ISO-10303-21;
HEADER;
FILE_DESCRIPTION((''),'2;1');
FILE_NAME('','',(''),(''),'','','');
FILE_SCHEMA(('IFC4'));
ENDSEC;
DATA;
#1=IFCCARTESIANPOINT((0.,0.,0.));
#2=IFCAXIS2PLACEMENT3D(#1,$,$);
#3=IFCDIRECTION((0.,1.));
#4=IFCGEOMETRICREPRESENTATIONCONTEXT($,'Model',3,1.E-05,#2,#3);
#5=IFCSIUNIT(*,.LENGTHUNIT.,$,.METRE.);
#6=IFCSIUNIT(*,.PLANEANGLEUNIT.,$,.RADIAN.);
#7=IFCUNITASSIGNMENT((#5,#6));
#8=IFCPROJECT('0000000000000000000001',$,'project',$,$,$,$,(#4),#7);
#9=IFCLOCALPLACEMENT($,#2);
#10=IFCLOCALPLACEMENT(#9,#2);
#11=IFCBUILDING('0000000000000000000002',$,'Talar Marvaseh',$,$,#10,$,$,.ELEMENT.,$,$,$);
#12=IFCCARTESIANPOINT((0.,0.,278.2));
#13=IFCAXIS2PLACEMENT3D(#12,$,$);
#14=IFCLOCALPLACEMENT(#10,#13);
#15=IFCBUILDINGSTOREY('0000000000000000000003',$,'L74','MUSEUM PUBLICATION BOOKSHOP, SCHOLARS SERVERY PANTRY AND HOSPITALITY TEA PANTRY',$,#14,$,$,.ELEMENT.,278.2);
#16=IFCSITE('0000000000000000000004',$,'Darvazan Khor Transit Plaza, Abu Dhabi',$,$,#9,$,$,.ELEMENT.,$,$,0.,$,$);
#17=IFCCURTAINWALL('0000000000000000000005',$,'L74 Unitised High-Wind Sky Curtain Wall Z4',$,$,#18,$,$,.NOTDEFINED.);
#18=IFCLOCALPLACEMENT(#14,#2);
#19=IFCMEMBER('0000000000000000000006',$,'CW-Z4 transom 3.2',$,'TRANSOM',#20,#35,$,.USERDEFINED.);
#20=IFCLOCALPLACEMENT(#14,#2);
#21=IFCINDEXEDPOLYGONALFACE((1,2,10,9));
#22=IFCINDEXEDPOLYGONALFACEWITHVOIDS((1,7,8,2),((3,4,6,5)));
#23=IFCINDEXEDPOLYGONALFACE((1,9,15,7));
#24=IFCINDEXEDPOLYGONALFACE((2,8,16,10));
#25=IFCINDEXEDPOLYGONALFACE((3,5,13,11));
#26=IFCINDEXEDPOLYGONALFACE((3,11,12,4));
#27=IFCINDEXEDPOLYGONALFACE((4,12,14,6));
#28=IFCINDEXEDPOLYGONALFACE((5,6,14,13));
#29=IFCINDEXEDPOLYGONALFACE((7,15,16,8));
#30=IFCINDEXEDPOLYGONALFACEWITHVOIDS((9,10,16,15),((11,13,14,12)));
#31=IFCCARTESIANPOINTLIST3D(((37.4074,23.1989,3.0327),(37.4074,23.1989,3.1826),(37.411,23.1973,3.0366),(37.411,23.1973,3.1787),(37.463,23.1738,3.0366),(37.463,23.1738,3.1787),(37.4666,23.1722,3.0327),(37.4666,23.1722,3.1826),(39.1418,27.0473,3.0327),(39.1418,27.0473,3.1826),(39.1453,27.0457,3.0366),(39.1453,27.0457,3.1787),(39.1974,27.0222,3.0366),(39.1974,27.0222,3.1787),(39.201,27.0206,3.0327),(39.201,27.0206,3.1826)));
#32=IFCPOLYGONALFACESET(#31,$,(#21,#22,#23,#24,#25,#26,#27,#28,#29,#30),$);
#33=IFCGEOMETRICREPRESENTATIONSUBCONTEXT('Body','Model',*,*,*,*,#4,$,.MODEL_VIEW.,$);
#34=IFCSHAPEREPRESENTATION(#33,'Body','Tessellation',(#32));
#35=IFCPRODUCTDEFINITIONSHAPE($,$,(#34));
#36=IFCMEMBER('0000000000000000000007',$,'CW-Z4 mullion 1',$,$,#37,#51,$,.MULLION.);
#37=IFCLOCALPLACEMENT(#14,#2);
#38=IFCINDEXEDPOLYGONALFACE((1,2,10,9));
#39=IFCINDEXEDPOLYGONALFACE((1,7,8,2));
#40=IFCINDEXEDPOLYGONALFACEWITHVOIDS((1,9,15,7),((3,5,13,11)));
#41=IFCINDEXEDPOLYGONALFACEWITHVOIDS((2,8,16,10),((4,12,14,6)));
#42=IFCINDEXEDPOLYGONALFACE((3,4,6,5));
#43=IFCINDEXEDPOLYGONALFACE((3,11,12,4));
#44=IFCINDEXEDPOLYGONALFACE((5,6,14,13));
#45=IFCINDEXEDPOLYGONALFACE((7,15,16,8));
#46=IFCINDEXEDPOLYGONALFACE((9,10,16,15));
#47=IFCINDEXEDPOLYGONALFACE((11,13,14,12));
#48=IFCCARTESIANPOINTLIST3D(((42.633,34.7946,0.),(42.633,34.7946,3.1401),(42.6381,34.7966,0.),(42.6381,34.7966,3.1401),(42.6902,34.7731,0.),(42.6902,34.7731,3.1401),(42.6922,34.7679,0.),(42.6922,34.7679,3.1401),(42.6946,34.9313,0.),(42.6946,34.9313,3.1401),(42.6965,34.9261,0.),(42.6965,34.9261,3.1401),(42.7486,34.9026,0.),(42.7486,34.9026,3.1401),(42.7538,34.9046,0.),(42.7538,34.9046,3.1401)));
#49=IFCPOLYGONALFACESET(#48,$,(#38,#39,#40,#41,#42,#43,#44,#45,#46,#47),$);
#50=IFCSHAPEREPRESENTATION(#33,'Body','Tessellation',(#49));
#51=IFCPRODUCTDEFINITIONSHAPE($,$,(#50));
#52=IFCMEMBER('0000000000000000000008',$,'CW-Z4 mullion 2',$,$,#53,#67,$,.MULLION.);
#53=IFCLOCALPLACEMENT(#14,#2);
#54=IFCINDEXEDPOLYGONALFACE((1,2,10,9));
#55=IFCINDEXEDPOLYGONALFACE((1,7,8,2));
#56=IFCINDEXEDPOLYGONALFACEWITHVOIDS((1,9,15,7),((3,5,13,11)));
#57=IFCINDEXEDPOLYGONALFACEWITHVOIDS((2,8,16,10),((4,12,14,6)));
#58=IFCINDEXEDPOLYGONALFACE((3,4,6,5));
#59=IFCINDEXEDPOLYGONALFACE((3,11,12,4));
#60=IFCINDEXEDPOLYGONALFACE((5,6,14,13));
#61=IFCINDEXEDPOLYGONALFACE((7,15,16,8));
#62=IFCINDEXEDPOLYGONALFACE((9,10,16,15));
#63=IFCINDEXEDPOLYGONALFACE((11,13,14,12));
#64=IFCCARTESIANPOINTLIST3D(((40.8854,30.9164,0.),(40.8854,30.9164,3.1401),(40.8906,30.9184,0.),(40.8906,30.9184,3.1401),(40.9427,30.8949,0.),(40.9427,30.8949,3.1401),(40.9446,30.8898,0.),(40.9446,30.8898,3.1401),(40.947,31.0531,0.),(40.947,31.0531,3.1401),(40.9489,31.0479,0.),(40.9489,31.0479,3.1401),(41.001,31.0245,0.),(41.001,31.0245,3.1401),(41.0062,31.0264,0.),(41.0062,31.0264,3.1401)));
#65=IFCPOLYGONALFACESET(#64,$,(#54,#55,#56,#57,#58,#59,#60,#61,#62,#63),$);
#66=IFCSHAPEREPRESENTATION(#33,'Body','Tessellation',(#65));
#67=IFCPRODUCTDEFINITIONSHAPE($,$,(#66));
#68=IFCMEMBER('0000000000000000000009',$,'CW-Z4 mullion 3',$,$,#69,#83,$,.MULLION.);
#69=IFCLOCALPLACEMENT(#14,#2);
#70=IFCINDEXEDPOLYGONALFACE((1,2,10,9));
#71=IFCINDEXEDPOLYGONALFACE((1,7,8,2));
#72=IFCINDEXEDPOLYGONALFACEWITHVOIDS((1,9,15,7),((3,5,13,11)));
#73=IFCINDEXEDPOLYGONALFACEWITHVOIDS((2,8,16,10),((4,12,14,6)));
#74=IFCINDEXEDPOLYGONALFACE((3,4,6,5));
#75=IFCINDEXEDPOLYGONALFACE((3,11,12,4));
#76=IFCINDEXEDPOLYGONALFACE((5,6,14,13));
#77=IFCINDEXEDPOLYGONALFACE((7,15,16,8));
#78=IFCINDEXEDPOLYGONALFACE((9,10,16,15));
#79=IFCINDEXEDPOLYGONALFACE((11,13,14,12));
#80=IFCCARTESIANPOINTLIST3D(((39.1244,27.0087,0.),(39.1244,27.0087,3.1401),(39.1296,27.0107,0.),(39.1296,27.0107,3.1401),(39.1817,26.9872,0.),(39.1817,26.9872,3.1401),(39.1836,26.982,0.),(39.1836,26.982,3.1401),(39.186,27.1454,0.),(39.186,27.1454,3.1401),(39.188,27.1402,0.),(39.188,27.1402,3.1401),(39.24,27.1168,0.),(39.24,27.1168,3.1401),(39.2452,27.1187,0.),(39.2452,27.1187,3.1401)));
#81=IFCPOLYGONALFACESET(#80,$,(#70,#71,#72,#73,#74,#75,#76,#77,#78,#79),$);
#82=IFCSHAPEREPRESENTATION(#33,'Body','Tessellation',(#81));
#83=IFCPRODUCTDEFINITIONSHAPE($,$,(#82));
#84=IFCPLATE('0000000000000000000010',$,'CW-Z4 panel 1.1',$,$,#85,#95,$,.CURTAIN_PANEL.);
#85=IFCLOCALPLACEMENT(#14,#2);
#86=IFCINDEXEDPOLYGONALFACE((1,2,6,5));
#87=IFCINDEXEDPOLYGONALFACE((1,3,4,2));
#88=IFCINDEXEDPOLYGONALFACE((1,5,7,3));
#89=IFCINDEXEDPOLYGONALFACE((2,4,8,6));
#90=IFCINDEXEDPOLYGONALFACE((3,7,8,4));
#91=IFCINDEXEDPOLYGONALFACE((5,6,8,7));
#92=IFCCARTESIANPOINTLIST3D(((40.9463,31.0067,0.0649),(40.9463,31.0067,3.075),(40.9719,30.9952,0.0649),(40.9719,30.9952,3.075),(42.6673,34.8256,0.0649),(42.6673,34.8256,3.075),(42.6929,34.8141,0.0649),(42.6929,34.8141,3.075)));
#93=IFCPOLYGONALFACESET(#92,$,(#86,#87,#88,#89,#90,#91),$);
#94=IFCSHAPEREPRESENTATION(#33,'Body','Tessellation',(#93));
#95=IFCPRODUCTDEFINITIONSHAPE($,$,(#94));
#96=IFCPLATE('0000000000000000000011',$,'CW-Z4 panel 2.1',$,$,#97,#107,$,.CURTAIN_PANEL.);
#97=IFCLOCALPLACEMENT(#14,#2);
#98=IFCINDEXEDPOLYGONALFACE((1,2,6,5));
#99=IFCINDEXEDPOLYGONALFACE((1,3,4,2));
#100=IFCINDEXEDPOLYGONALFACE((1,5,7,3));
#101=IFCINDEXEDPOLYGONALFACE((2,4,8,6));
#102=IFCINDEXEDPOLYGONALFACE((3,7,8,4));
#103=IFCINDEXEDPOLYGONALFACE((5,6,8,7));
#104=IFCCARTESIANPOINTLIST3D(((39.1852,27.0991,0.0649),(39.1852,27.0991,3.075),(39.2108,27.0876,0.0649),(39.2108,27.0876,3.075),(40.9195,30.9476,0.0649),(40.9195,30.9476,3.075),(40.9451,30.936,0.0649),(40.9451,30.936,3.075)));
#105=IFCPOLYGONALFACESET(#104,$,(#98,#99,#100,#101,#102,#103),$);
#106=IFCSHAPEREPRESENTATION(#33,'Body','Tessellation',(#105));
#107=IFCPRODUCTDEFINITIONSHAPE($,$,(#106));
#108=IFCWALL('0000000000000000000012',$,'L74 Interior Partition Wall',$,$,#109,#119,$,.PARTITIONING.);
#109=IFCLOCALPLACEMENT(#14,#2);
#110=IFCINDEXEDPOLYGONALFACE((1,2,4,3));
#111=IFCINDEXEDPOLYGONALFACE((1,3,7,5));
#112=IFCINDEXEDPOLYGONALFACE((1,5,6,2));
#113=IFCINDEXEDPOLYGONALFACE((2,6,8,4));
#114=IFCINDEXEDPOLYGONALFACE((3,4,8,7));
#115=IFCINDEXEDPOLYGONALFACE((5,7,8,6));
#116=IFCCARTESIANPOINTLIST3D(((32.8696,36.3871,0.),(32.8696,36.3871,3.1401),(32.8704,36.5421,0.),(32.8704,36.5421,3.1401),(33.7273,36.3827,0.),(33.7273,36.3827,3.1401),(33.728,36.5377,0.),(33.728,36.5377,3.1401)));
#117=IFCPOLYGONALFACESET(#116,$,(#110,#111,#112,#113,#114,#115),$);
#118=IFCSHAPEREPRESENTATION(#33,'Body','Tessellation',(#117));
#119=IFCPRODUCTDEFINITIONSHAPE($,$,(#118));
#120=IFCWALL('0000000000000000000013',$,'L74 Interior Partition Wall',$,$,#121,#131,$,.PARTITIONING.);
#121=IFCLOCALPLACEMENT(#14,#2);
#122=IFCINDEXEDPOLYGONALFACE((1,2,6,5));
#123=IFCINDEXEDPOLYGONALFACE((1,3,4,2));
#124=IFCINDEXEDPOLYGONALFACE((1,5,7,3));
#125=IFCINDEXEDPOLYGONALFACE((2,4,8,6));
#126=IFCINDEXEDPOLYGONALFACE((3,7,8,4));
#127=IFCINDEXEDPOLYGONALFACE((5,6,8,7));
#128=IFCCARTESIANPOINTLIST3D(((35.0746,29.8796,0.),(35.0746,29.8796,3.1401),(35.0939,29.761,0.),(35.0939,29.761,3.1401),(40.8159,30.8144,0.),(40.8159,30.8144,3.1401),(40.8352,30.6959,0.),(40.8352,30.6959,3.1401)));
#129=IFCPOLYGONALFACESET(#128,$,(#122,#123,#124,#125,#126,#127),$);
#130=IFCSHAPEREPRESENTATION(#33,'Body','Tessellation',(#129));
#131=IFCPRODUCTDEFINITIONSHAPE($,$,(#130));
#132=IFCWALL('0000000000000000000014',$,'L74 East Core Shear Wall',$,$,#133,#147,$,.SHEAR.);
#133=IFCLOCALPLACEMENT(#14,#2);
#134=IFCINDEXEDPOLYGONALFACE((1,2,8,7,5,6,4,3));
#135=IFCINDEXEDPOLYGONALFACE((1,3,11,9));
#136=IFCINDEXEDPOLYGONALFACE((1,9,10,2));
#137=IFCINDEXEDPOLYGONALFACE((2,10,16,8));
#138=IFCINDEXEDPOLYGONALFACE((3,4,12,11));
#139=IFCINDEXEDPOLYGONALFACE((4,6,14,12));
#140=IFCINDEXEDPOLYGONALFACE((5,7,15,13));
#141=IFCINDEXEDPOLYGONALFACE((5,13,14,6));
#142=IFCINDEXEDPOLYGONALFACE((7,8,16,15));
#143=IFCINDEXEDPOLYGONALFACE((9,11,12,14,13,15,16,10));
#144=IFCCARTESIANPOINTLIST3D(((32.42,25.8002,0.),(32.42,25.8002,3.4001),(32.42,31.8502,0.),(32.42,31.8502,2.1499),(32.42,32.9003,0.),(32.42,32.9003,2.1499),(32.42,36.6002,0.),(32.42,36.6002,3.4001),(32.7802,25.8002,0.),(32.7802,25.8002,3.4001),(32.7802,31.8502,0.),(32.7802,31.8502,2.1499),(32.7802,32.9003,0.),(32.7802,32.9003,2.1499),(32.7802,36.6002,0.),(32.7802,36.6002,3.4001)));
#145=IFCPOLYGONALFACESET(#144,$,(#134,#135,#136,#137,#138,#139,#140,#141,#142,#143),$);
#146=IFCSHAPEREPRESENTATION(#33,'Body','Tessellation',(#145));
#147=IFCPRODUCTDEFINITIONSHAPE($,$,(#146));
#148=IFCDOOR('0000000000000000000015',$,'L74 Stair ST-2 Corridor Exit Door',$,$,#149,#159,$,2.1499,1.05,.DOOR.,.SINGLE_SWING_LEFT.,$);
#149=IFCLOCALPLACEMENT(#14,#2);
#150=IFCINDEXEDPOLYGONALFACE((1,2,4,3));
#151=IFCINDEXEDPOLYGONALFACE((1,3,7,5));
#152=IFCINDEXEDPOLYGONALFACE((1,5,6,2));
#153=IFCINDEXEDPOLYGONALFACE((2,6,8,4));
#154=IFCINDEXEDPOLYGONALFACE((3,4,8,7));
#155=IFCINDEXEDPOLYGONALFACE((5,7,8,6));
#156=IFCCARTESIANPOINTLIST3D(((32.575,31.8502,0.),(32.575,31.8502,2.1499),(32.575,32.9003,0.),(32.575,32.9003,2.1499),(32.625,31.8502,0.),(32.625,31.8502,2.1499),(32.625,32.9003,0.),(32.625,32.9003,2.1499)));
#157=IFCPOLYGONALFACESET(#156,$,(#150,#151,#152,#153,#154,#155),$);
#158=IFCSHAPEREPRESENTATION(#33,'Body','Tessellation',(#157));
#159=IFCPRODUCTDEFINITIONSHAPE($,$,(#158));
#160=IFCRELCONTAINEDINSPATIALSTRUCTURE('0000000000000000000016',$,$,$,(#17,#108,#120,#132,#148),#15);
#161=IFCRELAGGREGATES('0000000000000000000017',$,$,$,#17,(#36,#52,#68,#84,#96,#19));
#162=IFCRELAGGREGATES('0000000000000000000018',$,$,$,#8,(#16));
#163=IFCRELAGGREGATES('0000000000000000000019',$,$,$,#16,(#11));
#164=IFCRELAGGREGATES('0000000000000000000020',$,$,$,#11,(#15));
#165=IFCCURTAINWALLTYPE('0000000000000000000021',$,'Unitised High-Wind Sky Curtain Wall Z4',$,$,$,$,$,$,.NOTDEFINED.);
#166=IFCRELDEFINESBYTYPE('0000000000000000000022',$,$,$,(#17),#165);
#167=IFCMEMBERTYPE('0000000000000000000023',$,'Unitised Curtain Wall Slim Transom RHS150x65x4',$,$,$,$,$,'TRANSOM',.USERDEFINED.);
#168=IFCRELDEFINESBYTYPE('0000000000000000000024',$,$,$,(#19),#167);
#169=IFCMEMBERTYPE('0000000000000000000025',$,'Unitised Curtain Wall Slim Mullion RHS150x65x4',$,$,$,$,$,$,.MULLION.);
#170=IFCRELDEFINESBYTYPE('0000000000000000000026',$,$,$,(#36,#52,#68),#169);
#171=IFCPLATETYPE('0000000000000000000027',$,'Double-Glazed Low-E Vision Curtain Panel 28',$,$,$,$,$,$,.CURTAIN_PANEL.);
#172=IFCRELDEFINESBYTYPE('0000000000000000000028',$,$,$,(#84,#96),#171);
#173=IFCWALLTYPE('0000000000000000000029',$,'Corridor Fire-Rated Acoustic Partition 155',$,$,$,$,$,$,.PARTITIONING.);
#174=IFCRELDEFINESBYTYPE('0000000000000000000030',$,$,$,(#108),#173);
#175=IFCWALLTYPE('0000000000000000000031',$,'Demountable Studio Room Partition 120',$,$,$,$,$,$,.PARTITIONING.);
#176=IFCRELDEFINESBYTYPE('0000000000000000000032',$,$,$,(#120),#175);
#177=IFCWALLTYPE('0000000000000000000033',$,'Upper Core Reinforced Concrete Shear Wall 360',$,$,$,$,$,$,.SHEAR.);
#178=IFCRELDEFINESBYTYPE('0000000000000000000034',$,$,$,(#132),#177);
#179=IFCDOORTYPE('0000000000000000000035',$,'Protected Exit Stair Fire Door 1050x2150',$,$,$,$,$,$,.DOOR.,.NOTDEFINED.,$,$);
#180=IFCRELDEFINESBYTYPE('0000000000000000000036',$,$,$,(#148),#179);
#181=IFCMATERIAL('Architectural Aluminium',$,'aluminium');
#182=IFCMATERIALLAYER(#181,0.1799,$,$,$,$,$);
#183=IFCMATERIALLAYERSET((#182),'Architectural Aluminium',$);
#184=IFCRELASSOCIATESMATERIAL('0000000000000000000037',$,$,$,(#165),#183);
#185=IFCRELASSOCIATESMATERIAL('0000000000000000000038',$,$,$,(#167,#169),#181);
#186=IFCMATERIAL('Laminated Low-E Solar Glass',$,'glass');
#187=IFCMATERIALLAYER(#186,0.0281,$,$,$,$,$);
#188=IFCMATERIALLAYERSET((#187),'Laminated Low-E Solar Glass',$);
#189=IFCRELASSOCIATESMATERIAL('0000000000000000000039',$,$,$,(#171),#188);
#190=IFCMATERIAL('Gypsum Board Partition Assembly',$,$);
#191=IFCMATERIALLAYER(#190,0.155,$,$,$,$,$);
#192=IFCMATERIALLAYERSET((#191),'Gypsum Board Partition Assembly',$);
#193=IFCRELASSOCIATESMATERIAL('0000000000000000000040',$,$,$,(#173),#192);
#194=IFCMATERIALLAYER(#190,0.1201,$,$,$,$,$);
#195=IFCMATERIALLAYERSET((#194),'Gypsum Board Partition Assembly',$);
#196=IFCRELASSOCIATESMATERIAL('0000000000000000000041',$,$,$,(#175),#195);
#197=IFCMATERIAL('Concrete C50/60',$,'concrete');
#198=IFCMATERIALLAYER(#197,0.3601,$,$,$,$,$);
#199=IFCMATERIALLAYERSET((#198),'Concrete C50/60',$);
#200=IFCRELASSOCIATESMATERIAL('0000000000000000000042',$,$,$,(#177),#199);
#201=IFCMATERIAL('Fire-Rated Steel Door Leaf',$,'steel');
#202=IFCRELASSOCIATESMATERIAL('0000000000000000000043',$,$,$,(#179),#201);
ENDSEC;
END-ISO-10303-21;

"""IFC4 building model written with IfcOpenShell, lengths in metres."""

from ifc_helpers import new_model, si_unit, direction, frame, frame_2d, origin, origin_2d, place, context, subcontext, project, spatial, rectangle, hollow_rectangle, extrude, source, transform, mapped, material, layer, layer_set, material_profile, profile_set, type_object, type_shapes, element, fill, aggregate, save


model = new_model("IFC4")

# Units and contexts
model_context = context("Model", 3, precision=1e-05, world=origin(), true_north=direction((0.0, 1.0)))
body_context = subcontext(model_context, "Body", "Model", "MODEL_VIEW")
ifc_project = project(units=[si_unit("LENGTHUNIT", "METRE"), si_unit("PLANEANGLEUNIT", "RADIAN")], contexts=[model_context])

# Site, building, storey
site_placement = place(None, origin())
site = spatial("IfcSite", under=ifc_project, at=site_placement, Name="Darvazan Khor Transit Plaza, Abu Dhabi", CompositionType="ELEMENT", RefElevation=0.0)
building_placement = place(site_placement, origin())
building = spatial("IfcBuilding", under=site, at=building_placement, Name="Talar Marvaseh", CompositionType="ELEMENT")
storey_placement = place(building_placement, frame((0.0, 0.0, 278.2)))
storey = spatial("IfcBuildingStorey", under=building, at=storey_placement, Name="L74", Description="MUSEUM PUBLICATION BOOKSHOP, SCHOLARS SERVERY PANTRY AND HOSPITALITY TEA PANTRY", CompositionType="ELEMENT", Elevation=278.2)

# Shared definitions
ifc_material_1 = material(Name="Concrete C50/60", Category="concrete")

# Curtain wall, members, plates
ifc_material_2 = material(Name="Architectural Aluminium", Category="aluminium")
ifc_layer_1 = layer(ifc_material_2, 0.1799)
ifc_layer_set_1 = layer_set([ifc_layer_1], Name="Architectural Aluminium")
curtain_wall_type = type_object("IfcCurtainWallType", Name="Unitised High-Wind Sky Curtain Wall Z4", PredefinedType="NOTDEFINED", material=ifc_layer_set_1)
curtain_wall_placement = place(storey_placement, origin())
curtain_wall = element("IfcCurtainWall", 1, at=curtain_wall_placement, inside=storey, type_object=curtain_wall_type, Name="L74 Unitised High-Wind Sky Curtain Wall Z4", PredefinedType="NOTDEFINED")
ifc_material_profile_1 = material_profile(ifc_material_2, hollow_rectangle(XDim=0.0649, YDim=0.1499, WallThickness=0.0039, at=origin_2d()), Name="RHS150x65x4")
ifc_profile_set_1 = profile_set([ifc_material_profile_1], Name="Architectural Aluminium")
member_type_1 = type_object("IfcMemberType", Name="Unitised Curtain Wall Slim Transom RHS150x65x4", ElementType="TRANSOM", PredefinedType="USERDEFINED", material=ifc_profile_set_1)
shared_shape_1 = source(origin(), body_context, "Body", "SweptSolid", [
    extrude(hollow_rectangle(XDim=0.0649, YDim=0.1499, WallThickness=0.0039, at=origin_2d()), origin(), (0.0, 0.0, 1.0), 4.2212),
])
member_1_placement = place(storey_placement, frame((39.1714, 27.0339, 3.1077), z_axis=(-0.410877, -0.911691, 0.0), x_axis=(0.911691, -0.410877, 0.0)))
member_1 = element("IfcMember", 2, at=member_1_placement, type_object=member_type_1, Name="CW-Z4 transom 3.2", ObjectType="TRANSOM", PredefinedType="USERDEFINED", context=body_context, shape_type="MappedRepresentation", body=[
    mapped(shared_shape_1, transform((0.0, 0.0, 0.0), x_axis=(1.0, 0.0, 0.0), y_axis=(0.0, 1.0, 0.0), z_axis=(0.0, 0.0, 1.0), scale=1.0)),
])
ifc_material_profile_2 = material_profile(ifc_material_2, hollow_rectangle(XDim=0.0649, YDim=0.1499, WallThickness=0.0039, at=origin_2d()), Name="RHS150x65x4")
ifc_profile_set_2 = profile_set([ifc_material_profile_2], Name="Architectural Aluminium")
member_type_2 = type_object("IfcMemberType", Name="Unitised Curtain Wall Slim Mullion RHS150x65x4", PredefinedType="MULLION", material=ifc_profile_set_2)
shared_shape_2 = source(origin(), body_context, "Body", "SweptSolid", [
    extrude(hollow_rectangle(XDim=0.0649, YDim=0.1499, WallThickness=0.0039, at=origin_2d()), origin(), (0.0, 0.0, 1.0), 3.1401),
])
type_shapes(member_type_2, [shared_shape_2])
member_2_placement = place(storey_placement, frame((42.6934, 34.8496, 0.0), z_axis=(0.0, 0.0, 1.0), x_axis=(0.911699, -0.41086, 0.0)))
member_2 = element("IfcMember", 3, at=member_2_placement, type_object=member_type_2, Name="CW-Z4 mullion 1", PredefinedType="MULLION", context=body_context, shape_type="MappedRepresentation", body=[
    mapped(shared_shape_2, transform((0.0, 0.0, 0.0), x_axis=(1.0, 0.0, 0.0), y_axis=(0.0, 1.0, 0.0), z_axis=(0.0, 0.0, 1.0), scale=1.0)),
])
member_3_placement = place(storey_placement, frame((40.9458, 30.9714, 0.0), z_axis=(0.0, 0.0, 1.0), x_axis=(0.911699, -0.41086, 0.0)))
member_3 = element("IfcMember", 4, at=member_3_placement, type_object=member_type_2, Name="CW-Z4 mullion 2", PredefinedType="MULLION", context=body_context, shape_type="MappedRepresentation", body=[
    mapped(shared_shape_2, transform((0.0, 0.0, 0.0), x_axis=(1.0, 0.0, 0.0), y_axis=(0.0, 1.0, 0.0), z_axis=(0.0, 0.0, 1.0), scale=1.0)),
])
member_4_placement = place(storey_placement, frame((39.1848, 27.0637, 0.0), z_axis=(0.0, 0.0, 1.0), x_axis=(0.911699, -0.41086, 0.0)))
member_4 = element("IfcMember", 5, at=member_4_placement, type_object=member_type_2, Name="CW-Z4 mullion 3", PredefinedType="MULLION", context=body_context, shape_type="MappedRepresentation", body=[
    mapped(shared_shape_2, transform((0.0, 0.0, 0.0), x_axis=(1.0, 0.0, 0.0), y_axis=(0.0, 1.0, 0.0), z_axis=(0.0, 0.0, 1.0), scale=1.0)),
])
ifc_material_3 = material(Name="Laminated Low-E Solar Glass", Category="glass")
ifc_layer_2 = layer(ifc_material_3, 0.0281)
ifc_layer_set_2 = layer_set([ifc_layer_2], Name="Laminated Low-E Solar Glass")
plate_type = type_object("IfcPlateType", Name="Double-Glazed Low-E Vision Curtain Panel 28", PredefinedType="CURTAIN_PANEL", material=ifc_layer_set_2)
shared_shape_3 = source(origin(), body_context, "Body", "SweptSolid", [
    extrude(rectangle(XDim=4.1887, YDim=0.0281, at=origin_2d()), origin(), (0.0, 0.0, 1.0), 3.01),
])
plate_1_placement = place(storey_placement, frame((41.8196, 32.9104, 0.0649), z_axis=(0.0, 0.0, 1.0), x_axis=(-0.41086, -0.911699, 0.0)))
plate_1 = element("IfcPlate", 6, at=plate_1_placement, type_object=plate_type, Name="CW-Z4 panel 1.1", PredefinedType="CURTAIN_PANEL", context=body_context, shape_type="MappedRepresentation", body=[
    mapped(shared_shape_3, transform((0.0, 0.0, 0.0), x_axis=(1.0, 0.0, 0.0), y_axis=(0.0, 1.0, 0.0), z_axis=(0.0, 0.0, 1.0), scale=1.0)),
])
shared_shape_4 = source(origin(), body_context, "Body", "SweptSolid", [
    extrude(rectangle(XDim=4.2212, YDim=0.0281, at=origin_2d()), origin(), (0.0, 0.0, 1.0), 3.01),
])
type_shapes(plate_type, [shared_shape_3, shared_shape_4])
plate_2_placement = place(storey_placement, frame((40.0652, 29.0176, 0.0649), z_axis=(0.0, 0.0, 1.0), x_axis=(-0.41086, -0.911699, 0.0)))
plate_2 = element("IfcPlate", 7, at=plate_2_placement, type_object=plate_type, Name="CW-Z4 panel 2.1", PredefinedType="CURTAIN_PANEL", context=body_context, shape_type="MappedRepresentation", body=[
    mapped(shared_shape_4, transform((0.0, 0.0, 0.0), x_axis=(1.0, 0.0, 0.0), y_axis=(0.0, 1.0, 0.0), z_axis=(0.0, 0.0, 1.0), scale=1.0)),
])
aggregate(curtain_wall, [member_2, member_3, member_4, plate_1, plate_2, member_1])

# Walls
ifc_material_4 = material(Name="Gypsum Board Partition Assembly")
ifc_layer_3 = layer(ifc_material_4, 0.155)
ifc_layer_set_3 = layer_set([ifc_layer_3], Name="Gypsum Board Partition Assembly")
wall_type_1 = type_object("IfcWallType", Name="Corridor Fire-Rated Acoustic Partition 155", PredefinedType="PARTITIONING", material=ifc_layer_set_3)
wall_1_placement = place(storey_placement, frame((32.8701, 36.4646, 0.0), z_axis=(0.0, 0.0, 1.0), x_axis=(0.999987, -0.005124, 0.0)))
element("IfcWall", 8, at=wall_1_placement, inside=storey, type_object=wall_type_1, Name="L74 Interior Partition Wall", PredefinedType="PARTITIONING", context=body_context, shape_type="SweptSolid", body=[
    extrude(rectangle(XDim=0.8577, YDim=0.155, at=frame_2d((0.4287, 0.0))), origin(), (0.0, 0.0, 1.0), 3.1401),
])
ifc_layer_4 = layer(ifc_material_4, 0.1201)
ifc_layer_set_4 = layer_set([ifc_layer_4], Name="Gypsum Board Partition Assembly")
wall_type_2 = type_object("IfcWallType", Name="Demountable Studio Room Partition 120", PredefinedType="PARTITIONING", material=ifc_layer_set_4)
wall_2_placement = place(storey_placement, frame((35.0842, 29.8203, 0.0), z_axis=(0.0, 0.0, 1.0), x_axis=(0.987002, 0.160709, 0.0)))
element("IfcWall", 9, at=wall_2_placement, inside=storey, type_object=wall_type_2, Name="L74 Interior Partition Wall", PredefinedType="PARTITIONING", context=body_context, shape_type="SweptSolid", body=[
    extrude(rectangle(XDim=5.8169, YDim=0.1201, at=frame_2d((2.9084, 0.0))), origin(), (0.0, 0.0, 1.0), 3.1401),
])

# Wall, opening, door
ifc_layer_5 = layer(ifc_material_1, 0.3601)
ifc_layer_set_5 = layer_set([ifc_layer_5], Name="Concrete C50/60")
wall_type_3 = type_object("IfcWallType", Name="Upper Core Reinforced Concrete Shear Wall 360", PredefinedType="SHEAR", material=ifc_layer_set_5)
wall_3_placement = place(storey_placement, frame((32.6001, 36.6001, 0.0), z_axis=(0.0, 0.0, 1.0), x_axis=(0.0, -1.0, 0.0)))
wall_3 = element("IfcWall", 10, at=wall_3_placement, inside=storey, type_object=wall_type_3, Name="L74 East Core Shear Wall", PredefinedType="SHEAR", context=body_context, shape_type="SweptSolid", body=[
    extrude(rectangle(XDim=10.8, YDim=0.3601, at=frame_2d((5.3999, 0.0))), origin(), (0.0, 0.0, 1.0), 3.4001),
])
opening_placement = place(wall_3_placement, frame((3.7, 0.0, 0.0)))
opening = element("IfcOpeningElement", 11, at=opening_placement, cuts=wall_3, PredefinedType="OPENING", context=body_context, shape_type="SweptSolid", body=[
    extrude(rectangle(XDim=1.05, YDim=2.1499, at=frame_2d((0.5249, 1.075))), frame((0.0, 0.1899, 0.0), z_axis=(0.0, -1.0, 0.0), x_axis=(1.0, 0.0, 0.0)), (0.0, 0.0, 1.0), 0.3801),
])
ifc_material_5 = material(Name="Fire-Rated Steel Door Leaf", Category="steel")
door_type = type_object("IfcDoorType", Name="Protected Exit Stair Fire Door 1050x2150", OperationType="NOTDEFINED", PredefinedType="DOOR", material=ifc_material_5)
shared_shape_5 = source(origin(), body_context, "Body", "SweptSolid", [
    extrude(rectangle(XDim=1.05, YDim=2.1499, at=frame_2d((0.5249, 1.075))), frame((0.0, 0.0249, 0.0), z_axis=(0.0, -1.0, 0.0), x_axis=(1.0, 0.0, 0.0)), (0.0, 0.0, 1.0), 0.05),
])
type_shapes(door_type, [shared_shape_5])
door_placement = place(opening_placement, origin())
door = element("IfcDoor", 12, at=door_placement, inside=storey, type_object=door_type, Name="L74 Stair ST-2 Corridor Exit Door", OperationType="SINGLE_SWING_LEFT", OverallHeight=2.1499, OverallWidth=1.05, PredefinedType="DOOR", context=body_context, shape_type="MappedRepresentation", body=[
    mapped(shared_shape_5, transform((0.0, 0.0, 0.0), x_axis=(1.0, 0.0, 0.0), y_axis=(0.0, 1.0, 0.0), z_axis=(0.0, 0.0, 1.0), scale=1.0)),
])
fill(opening, door)

save(model, "model.ifc")
